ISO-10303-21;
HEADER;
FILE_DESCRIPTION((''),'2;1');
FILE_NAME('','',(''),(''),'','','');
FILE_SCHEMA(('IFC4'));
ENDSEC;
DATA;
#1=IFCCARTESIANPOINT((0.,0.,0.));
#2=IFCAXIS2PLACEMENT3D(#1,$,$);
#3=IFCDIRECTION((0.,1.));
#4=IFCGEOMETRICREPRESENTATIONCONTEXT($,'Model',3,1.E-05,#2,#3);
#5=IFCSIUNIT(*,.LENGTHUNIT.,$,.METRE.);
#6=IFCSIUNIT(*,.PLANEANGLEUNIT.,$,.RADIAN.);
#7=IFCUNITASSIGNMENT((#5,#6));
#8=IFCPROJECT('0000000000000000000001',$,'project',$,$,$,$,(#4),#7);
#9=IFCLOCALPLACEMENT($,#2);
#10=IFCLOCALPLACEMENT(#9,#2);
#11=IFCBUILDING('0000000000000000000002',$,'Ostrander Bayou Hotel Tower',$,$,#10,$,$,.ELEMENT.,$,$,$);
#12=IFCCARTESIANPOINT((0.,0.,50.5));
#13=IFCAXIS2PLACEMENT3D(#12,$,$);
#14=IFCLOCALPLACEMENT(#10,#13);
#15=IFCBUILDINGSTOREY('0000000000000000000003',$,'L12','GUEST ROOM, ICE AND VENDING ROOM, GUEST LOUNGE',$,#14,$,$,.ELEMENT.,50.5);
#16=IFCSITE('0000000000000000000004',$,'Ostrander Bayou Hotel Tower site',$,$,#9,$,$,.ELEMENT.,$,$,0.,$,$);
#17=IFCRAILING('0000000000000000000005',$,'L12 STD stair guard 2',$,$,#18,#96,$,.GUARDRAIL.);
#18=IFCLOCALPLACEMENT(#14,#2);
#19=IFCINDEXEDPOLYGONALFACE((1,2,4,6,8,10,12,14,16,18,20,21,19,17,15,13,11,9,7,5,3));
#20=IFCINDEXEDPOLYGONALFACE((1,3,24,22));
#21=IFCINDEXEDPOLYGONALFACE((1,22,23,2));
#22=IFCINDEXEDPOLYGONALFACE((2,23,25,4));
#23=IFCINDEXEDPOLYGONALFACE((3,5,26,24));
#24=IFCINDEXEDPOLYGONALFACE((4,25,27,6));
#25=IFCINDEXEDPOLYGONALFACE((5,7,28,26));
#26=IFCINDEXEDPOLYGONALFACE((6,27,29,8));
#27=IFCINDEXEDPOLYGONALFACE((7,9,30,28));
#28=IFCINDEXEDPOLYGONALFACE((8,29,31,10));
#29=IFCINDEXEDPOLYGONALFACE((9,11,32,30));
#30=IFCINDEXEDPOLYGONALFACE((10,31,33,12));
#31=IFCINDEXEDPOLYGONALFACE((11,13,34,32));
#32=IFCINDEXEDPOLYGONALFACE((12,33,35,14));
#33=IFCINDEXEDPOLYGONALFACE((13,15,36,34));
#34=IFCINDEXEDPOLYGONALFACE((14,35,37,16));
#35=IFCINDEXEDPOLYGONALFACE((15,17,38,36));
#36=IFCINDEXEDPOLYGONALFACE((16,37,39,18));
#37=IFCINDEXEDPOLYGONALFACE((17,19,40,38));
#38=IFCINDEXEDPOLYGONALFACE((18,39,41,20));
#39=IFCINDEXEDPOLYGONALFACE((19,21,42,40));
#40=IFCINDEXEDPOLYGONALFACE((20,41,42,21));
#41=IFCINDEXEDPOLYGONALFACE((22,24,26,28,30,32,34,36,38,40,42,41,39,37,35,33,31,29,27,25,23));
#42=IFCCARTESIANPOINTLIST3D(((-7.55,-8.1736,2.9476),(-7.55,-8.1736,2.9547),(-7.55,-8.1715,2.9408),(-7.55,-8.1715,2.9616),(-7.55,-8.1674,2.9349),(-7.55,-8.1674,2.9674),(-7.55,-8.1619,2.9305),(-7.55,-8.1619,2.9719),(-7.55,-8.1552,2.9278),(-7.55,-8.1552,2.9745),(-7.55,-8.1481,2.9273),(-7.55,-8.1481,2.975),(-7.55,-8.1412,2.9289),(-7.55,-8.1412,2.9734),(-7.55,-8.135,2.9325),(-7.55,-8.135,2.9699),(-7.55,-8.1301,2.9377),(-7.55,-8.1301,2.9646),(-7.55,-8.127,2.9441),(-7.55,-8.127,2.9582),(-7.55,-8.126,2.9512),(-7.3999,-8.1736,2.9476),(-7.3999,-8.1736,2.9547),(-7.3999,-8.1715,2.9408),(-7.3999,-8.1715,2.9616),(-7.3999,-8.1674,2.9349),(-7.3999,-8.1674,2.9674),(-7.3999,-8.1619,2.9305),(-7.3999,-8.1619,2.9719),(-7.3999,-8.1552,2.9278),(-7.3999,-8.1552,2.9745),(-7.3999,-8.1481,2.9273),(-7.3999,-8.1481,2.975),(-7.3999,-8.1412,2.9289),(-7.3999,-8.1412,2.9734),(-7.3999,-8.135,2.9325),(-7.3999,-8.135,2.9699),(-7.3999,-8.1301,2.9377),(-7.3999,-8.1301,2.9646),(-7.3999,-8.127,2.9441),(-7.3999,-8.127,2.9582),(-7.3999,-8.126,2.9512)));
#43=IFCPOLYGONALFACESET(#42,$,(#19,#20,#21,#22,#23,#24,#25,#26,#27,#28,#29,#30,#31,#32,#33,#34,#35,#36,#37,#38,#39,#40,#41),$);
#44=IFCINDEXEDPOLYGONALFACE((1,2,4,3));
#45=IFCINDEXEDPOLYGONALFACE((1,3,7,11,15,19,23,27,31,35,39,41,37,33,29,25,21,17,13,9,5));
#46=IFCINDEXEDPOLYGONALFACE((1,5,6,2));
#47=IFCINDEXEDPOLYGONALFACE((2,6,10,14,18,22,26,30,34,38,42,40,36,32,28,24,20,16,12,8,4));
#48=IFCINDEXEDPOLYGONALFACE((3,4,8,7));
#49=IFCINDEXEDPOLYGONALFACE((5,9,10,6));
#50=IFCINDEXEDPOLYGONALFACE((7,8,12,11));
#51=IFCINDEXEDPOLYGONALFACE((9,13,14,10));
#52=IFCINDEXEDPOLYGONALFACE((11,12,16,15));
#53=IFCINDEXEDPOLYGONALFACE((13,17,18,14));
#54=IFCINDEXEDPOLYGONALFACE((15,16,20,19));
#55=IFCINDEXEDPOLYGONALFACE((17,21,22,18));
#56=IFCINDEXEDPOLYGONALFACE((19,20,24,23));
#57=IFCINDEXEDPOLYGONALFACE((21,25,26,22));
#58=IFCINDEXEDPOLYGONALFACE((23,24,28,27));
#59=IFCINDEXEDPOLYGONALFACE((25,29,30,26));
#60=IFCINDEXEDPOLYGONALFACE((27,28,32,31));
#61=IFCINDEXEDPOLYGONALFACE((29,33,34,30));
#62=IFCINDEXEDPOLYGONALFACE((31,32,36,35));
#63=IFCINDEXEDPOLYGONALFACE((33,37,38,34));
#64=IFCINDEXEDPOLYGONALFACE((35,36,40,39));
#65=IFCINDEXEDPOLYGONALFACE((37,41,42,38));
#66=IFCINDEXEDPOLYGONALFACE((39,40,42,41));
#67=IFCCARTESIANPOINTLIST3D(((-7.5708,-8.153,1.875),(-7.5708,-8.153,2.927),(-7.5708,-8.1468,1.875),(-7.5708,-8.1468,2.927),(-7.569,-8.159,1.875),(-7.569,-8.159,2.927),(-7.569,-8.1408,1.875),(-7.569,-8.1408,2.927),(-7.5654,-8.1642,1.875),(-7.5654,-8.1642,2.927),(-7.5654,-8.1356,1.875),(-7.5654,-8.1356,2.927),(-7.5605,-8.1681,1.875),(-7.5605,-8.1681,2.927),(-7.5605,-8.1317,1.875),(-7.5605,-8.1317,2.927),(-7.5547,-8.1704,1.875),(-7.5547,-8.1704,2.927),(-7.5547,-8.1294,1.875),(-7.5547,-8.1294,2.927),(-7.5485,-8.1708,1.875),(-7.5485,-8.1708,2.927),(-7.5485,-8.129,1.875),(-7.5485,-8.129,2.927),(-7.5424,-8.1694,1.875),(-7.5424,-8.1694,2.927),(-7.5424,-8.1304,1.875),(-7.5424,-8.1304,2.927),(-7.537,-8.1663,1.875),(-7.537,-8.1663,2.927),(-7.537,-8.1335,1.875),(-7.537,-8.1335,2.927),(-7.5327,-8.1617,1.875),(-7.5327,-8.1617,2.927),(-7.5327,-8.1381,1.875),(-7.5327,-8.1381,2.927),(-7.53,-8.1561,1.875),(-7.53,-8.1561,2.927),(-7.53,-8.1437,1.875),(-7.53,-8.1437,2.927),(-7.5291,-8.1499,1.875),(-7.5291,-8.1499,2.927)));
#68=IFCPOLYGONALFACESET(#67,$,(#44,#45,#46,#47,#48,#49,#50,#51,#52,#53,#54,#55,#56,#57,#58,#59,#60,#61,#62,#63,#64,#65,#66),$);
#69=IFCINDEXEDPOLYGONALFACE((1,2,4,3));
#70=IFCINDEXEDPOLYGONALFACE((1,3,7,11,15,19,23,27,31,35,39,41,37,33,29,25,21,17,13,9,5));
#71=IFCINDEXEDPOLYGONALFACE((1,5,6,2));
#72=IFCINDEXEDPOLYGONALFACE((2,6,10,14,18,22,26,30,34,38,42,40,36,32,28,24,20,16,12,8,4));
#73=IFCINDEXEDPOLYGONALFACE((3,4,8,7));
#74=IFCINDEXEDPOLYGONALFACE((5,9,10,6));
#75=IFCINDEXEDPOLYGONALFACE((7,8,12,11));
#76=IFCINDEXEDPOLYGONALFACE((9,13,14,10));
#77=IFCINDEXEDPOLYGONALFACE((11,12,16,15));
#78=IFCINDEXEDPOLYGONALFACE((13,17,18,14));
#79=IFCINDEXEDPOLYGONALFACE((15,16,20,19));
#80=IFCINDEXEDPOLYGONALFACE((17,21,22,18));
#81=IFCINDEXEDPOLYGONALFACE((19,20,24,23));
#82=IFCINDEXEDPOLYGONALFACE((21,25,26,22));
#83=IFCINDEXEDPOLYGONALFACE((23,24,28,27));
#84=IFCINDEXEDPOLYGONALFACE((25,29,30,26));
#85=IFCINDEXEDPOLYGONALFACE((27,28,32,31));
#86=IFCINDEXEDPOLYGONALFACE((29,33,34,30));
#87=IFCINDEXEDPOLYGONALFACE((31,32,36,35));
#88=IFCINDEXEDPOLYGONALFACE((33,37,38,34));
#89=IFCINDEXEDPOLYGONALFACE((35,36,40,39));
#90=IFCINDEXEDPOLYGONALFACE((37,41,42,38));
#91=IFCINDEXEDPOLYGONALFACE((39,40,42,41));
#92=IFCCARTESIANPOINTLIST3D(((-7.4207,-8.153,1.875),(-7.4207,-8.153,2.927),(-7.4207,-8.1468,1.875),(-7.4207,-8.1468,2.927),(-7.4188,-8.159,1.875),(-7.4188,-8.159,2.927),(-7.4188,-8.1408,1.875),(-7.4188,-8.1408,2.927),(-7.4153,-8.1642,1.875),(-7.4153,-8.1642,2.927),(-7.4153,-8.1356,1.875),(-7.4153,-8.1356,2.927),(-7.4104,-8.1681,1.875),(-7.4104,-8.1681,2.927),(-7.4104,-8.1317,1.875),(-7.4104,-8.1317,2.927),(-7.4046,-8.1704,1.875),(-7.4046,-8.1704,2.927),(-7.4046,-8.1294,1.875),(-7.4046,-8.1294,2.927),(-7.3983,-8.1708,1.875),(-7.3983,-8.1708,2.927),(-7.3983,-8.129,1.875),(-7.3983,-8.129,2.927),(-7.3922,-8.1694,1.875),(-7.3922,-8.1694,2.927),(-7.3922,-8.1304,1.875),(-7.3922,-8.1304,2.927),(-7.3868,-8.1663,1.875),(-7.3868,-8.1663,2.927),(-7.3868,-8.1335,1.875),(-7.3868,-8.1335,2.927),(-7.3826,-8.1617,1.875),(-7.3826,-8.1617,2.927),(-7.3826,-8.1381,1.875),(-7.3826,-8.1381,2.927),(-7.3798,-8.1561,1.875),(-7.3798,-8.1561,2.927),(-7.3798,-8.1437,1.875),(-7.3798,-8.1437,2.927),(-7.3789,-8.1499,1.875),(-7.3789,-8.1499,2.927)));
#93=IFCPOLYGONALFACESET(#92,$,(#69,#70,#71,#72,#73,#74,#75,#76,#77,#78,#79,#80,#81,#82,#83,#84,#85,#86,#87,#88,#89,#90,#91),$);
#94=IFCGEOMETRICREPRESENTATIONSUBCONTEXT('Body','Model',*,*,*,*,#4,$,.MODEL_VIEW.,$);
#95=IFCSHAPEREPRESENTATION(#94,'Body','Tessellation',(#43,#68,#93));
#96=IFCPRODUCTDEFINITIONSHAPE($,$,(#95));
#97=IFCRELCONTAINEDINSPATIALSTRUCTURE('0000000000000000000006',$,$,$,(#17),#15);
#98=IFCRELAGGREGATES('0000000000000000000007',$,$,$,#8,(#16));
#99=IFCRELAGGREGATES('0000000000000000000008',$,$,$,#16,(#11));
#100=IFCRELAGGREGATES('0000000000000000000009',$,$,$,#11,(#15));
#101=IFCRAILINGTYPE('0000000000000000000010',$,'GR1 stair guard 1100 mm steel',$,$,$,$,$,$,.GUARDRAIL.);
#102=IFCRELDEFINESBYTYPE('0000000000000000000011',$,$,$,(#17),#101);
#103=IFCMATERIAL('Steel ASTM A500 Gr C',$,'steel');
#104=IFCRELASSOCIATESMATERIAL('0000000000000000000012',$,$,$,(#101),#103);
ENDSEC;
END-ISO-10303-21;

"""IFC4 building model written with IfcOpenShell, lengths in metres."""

from ifc_helpers import new_model, si_unit, direction, frame, origin, origin_2d, place, context, subcontext, project, spatial, circle, extrude, material, type_object, element, save


model = new_model("IFC4")

# Units and contexts
model_context = context("Model", 3, precision=1e-05, world=origin(), true_north=direction((0.0, 1.0)))
body_context = subcontext(model_context, "Body", "Model", "MODEL_VIEW")
ifc_project = project(units=[si_unit("LENGTHUNIT", "METRE"), si_unit("PLANEANGLEUNIT", "RADIAN")], contexts=[model_context])

# Site, building, storey
site_placement = place(None, origin())
site = spatial("IfcSite", under=ifc_project, at=site_placement, Name="Ostrander Bayou Hotel Tower site", CompositionType="ELEMENT", RefElevation=0.0)
building_placement = place(site_placement, origin())
building = spatial("IfcBuilding", under=site, at=building_placement, Name="Ostrander Bayou Hotel Tower", CompositionType="ELEMENT")
storey_placement = place(building_placement, frame((0.0, 0.0, 50.5)))
storey = spatial("IfcBuildingStorey", under=building, at=storey_placement, Name="L12", Description="GUEST ROOM, ICE AND VENDING ROOM, GUEST LOUNGE", CompositionType="ELEMENT", Elevation=50.5)

# Railing
ifc_material_1 = material(Name="Steel ASTM A500 Gr C", Category="steel")
railing_type_1 = type_object("IfcRailingType", Name="GR1 stair guard 1100 mm steel", PredefinedType="GUARDRAIL", material=ifc_material_1)
railing_1_placement = place(storey_placement, frame((-7.55, -8.1499, 1.875)))
element("IfcRailing", 1, at=railing_1_placement, inside=storey, type_object=railing_type_1, Name="L12 STD stair guard 2", PredefinedType="GUARDRAIL", context=body_context, shape_type="SweptSolid", body=[
    extrude(circle(Radius=0.0239, at=origin_2d()), frame((0.0, 0.0, 1.0762), z_axis=(1.0, 0.0, 0.0), x_axis=(0.0, 1.0, 0.0)), (0.0, 0.0, 1.0), 0.1501),
    extrude(circle(Radius=0.021, at=origin_2d()), origin(), (0.0, 0.0, 1.0), 1.052),
    extrude(circle(Radius=0.021, at=origin_2d()), frame((0.1501, 0.0, 0.0)), (0.0, 0.0, 1.0), 1.052),
])

save(model, "model.ifc")
